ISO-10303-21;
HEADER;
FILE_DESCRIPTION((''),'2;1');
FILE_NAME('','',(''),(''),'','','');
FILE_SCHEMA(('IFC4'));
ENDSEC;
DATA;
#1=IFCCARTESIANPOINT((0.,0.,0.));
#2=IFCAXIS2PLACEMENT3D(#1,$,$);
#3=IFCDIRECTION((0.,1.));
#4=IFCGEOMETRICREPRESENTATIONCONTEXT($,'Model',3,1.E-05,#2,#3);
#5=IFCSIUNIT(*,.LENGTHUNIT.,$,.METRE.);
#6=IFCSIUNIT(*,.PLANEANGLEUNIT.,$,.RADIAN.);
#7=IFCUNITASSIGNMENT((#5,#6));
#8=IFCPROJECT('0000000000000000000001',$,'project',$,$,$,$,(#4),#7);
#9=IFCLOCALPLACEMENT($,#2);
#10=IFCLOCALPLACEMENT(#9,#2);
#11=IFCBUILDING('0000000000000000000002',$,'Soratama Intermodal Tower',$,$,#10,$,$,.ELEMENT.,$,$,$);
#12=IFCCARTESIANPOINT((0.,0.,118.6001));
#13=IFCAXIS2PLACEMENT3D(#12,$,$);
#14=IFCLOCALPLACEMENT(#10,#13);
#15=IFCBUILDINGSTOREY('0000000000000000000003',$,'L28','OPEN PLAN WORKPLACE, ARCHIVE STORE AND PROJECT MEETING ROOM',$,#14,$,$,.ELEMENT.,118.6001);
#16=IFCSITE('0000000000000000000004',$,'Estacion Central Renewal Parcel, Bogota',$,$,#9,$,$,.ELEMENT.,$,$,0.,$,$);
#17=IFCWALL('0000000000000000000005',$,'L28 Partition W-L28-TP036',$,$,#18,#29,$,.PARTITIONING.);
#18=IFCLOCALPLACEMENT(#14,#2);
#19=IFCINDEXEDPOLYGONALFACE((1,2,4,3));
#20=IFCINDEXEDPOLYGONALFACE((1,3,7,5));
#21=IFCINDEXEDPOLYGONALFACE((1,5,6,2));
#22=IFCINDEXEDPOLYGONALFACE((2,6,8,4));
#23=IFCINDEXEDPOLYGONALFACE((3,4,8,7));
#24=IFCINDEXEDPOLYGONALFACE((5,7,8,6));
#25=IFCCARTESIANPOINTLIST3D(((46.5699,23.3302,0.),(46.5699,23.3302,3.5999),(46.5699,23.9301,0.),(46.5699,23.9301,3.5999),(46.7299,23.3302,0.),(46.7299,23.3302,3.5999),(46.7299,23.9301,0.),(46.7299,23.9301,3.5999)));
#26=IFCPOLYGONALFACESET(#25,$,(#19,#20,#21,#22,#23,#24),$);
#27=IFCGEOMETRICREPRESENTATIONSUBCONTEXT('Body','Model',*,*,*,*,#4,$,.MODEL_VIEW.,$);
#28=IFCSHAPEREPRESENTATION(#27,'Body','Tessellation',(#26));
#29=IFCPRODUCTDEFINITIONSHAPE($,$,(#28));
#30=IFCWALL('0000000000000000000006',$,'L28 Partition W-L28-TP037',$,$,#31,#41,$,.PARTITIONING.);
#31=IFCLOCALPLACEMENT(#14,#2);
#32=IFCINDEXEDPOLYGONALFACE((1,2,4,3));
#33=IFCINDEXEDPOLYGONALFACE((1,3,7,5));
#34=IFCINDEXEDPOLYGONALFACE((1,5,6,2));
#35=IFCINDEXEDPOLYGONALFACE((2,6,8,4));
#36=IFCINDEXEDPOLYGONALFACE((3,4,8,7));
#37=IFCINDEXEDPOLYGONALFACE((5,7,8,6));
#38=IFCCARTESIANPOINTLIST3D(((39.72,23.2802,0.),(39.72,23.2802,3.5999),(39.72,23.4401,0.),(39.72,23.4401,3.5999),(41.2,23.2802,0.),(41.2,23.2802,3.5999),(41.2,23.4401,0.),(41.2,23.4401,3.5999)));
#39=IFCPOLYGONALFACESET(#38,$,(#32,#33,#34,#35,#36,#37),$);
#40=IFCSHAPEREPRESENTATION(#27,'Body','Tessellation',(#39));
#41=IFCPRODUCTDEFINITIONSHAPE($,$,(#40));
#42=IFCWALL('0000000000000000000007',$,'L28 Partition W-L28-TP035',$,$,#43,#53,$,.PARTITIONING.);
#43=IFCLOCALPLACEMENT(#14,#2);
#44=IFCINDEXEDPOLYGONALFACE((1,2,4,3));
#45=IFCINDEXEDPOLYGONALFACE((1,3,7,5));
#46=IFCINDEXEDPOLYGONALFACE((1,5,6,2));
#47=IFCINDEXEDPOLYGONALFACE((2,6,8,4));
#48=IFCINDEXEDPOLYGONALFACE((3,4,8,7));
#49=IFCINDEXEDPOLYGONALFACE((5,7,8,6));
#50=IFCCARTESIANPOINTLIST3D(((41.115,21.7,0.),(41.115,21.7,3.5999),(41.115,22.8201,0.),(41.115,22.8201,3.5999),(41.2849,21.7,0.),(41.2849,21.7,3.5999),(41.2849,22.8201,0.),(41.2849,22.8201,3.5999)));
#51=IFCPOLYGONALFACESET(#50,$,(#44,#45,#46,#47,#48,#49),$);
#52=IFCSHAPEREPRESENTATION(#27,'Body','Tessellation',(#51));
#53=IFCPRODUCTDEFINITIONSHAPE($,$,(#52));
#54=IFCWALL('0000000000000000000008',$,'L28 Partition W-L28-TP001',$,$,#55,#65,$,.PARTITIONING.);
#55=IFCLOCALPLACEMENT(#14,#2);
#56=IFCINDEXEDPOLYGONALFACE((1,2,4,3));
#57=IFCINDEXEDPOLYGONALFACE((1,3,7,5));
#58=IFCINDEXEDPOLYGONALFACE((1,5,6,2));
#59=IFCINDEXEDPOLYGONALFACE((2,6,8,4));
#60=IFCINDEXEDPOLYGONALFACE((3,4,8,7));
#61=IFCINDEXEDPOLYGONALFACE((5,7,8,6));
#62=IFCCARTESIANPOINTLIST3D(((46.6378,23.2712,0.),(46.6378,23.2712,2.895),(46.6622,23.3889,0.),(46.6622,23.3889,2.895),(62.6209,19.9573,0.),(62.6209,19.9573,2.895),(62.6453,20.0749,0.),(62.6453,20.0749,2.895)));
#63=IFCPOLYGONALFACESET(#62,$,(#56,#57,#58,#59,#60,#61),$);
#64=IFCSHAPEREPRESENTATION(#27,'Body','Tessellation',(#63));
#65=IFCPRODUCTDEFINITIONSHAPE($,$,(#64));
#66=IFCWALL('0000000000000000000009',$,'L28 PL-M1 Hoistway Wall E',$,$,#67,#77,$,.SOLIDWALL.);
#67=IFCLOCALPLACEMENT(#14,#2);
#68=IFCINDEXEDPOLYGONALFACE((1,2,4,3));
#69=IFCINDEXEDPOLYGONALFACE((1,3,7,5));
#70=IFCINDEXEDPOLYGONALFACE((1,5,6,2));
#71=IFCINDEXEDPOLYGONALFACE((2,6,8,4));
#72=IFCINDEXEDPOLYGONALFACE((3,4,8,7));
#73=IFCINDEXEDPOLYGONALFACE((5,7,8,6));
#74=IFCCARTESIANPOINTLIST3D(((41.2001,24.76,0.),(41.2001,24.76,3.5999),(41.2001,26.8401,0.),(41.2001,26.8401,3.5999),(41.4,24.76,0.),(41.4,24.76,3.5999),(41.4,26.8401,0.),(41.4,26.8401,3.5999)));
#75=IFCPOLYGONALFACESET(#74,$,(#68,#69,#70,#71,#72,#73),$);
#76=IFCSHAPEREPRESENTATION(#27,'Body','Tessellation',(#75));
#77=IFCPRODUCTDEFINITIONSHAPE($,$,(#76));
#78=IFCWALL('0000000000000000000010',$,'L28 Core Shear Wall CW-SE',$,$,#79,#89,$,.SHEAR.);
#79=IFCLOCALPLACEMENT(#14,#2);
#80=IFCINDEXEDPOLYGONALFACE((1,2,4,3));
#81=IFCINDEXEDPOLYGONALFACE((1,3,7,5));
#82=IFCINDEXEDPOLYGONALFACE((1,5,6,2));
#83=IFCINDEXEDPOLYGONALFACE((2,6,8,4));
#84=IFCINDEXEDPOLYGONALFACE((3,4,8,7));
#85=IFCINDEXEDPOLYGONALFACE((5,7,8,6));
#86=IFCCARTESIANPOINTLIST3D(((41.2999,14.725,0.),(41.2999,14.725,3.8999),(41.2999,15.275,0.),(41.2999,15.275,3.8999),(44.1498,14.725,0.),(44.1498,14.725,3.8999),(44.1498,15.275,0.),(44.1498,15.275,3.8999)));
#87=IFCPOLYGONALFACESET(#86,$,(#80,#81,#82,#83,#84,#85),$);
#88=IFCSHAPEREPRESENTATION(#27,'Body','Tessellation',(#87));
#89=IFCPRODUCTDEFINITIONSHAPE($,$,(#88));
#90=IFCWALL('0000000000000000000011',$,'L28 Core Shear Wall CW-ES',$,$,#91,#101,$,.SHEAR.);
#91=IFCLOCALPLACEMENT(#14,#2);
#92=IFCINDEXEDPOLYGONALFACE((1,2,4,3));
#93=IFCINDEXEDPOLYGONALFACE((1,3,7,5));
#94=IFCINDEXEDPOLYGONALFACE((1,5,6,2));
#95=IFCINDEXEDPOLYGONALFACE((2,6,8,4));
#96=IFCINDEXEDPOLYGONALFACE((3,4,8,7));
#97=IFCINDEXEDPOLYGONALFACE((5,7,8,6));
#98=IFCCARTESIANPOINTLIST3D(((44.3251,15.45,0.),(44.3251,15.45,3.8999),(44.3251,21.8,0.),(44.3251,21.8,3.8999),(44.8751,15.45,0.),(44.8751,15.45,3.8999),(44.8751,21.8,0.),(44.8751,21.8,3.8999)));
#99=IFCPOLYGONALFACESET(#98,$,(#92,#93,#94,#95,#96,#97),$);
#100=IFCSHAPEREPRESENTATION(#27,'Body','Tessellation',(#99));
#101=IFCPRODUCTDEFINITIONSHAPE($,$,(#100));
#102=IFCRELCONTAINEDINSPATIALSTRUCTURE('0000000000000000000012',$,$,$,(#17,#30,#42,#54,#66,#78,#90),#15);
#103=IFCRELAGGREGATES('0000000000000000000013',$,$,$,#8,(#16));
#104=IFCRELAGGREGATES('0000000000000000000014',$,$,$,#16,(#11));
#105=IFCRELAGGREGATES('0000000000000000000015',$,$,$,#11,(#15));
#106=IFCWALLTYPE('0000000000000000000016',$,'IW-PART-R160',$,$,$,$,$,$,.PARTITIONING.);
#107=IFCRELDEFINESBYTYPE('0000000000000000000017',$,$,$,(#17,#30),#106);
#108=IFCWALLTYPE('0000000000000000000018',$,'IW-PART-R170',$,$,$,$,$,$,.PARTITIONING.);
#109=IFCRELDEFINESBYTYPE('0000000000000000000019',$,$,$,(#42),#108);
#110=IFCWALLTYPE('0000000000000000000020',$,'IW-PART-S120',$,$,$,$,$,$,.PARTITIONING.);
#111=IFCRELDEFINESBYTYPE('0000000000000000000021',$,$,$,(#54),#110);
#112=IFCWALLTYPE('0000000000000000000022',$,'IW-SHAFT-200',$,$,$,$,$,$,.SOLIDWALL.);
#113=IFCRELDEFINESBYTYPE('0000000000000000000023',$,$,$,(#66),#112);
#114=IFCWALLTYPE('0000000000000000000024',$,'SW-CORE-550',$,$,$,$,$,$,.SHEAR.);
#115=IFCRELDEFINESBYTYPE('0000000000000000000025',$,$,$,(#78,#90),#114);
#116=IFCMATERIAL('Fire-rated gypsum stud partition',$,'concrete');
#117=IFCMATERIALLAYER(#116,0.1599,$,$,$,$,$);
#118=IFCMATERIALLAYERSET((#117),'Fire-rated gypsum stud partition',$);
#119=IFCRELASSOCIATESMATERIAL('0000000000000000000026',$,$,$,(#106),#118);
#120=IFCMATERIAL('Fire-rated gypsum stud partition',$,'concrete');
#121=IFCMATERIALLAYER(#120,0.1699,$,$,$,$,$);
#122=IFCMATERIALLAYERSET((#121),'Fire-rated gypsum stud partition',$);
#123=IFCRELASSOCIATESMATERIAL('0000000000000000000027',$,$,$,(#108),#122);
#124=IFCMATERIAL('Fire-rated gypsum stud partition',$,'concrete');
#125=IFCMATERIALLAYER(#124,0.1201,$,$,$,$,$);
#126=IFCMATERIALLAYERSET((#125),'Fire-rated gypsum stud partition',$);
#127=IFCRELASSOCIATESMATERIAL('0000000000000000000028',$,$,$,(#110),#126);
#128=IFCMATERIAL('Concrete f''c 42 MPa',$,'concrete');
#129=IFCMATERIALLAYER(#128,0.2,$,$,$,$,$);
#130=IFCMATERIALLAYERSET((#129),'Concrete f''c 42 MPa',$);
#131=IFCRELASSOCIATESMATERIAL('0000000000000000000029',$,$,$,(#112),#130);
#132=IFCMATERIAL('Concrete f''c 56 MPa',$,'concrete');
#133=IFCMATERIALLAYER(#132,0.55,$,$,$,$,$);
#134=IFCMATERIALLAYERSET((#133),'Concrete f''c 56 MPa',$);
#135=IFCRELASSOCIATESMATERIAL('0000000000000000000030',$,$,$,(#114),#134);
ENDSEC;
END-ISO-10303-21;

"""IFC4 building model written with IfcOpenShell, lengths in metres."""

from ifc_helpers import new_model, si_unit, direction, frame, frame_2d, origin, place, context, subcontext, project, spatial, rectangle, extrude, material, layer, layer_set, type_object, element, save


model = new_model("IFC4")

# Units and contexts
model_context = context("Model", 3, precision=1e-05, world=origin(), true_north=direction((0.0, 1.0)))
body_context = subcontext(model_context, "Body", "Model", "MODEL_VIEW")
ifc_project = project(units=[si_unit("LENGTHUNIT", "METRE"), si_unit("PLANEANGLEUNIT", "RADIAN")], contexts=[model_context])

# Site, building, storey
site_placement = place(None, origin())
site = spatial("IfcSite", under=ifc_project, at=site_placement, Name="Estacion Central Renewal Parcel, Bogota", CompositionType="ELEMENT", RefElevation=0.0)
building_placement = place(site_placement, origin())
building = spatial("IfcBuilding", under=site, at=building_placement, Name="Soratama Intermodal Tower", CompositionType="ELEMENT")
storey_placement = place(building_placement, frame((0.0, 0.0, 118.6001)))
storey = spatial("IfcBuildingStorey", under=building, at=storey_placement, Name="L28", Description="OPEN PLAN WORKPLACE, ARCHIVE STORE AND PROJECT MEETING ROOM", CompositionType="ELEMENT", Elevation=118.6001)

# Shared definitions
ifc_material_1 = material(Name="Fire-rated gypsum stud partition", Category="concrete")
ifc_layer_1 = layer(ifc_material_1, 0.1599)
ifc_layer_set_1 = layer_set([ifc_layer_1], Name="Fire-rated gypsum stud partition")
wall_type_1 = type_object("IfcWallType", Name="IW-PART-R160", PredefinedType="PARTITIONING", material=ifc_layer_set_1)

# Walls
wall_1_placement = place(storey_placement, frame((46.6499, 23.9299, 0.0), z_axis=(0.0, 0.0, 1.0), x_axis=(0.0, -1.0, 0.0)))
element("IfcWall", 1, at=wall_1_placement, inside=storey, type_object=wall_type_1, Name="L28 Partition W-L28-TP036", PredefinedType="PARTITIONING", context=body_context, shape_type="SweptSolid", body=[
    extrude(rectangle(XDim=0.5999, YDim=0.1599, at=frame_2d((0.2998, 0.0))), origin(), (0.0, 0.0, 1.0), 3.5999),
])
wall_2_placement = place(storey_placement, frame((41.2, 23.3601, 0.0), z_axis=(0.0, 0.0, 1.0), x_axis=(-1.0, 0.0, 0.0)))
element("IfcWall", 2, at=wall_2_placement, inside=storey, type_object=wall_type_1, Name="L28 Partition W-L28-TP037", PredefinedType="PARTITIONING", context=body_context, shape_type="SweptSolid", body=[
    extrude(rectangle(XDim=1.48, YDim=0.1599, at=frame_2d((0.74, 0.0))), origin(), (0.0, 0.0, 1.0), 3.5999),
])

# Shared definitions
ifc_material_2 = material(Name="Fire-rated gypsum stud partition", Category="concrete")
ifc_layer_2 = layer(ifc_material_2, 0.1699)
ifc_layer_set_2 = layer_set([ifc_layer_2], Name="Fire-rated gypsum stud partition")
wall_type_2 = type_object("IfcWallType", Name="IW-PART-R170", PredefinedType="PARTITIONING", material=ifc_layer_set_2)

# Walls
wall_3_placement = place(storey_placement, frame((41.2, 21.7, 0.0), z_axis=(0.0, 0.0, 1.0), x_axis=(0.0, 1.0, 0.0)))
element("IfcWall", 3, at=wall_3_placement, inside=storey, type_object=wall_type_2, Name="L28 Partition W-L28-TP035", PredefinedType="PARTITIONING", context=body_context, shape_type="SweptSolid", body=[
    extrude(rectangle(XDim=1.1201, YDim=0.1699, at=frame_2d((0.5601, 0.0))), origin(), (0.0, 0.0, 1.0), 3.5999),
])
ifc_material_3 = material(Name="Fire-rated gypsum stud partition", Category="concrete")
ifc_layer_3 = layer(ifc_material_3, 0.1201)
ifc_layer_set_3 = layer_set([ifc_layer_3], Name="Fire-rated gypsum stud partition")
wall_type_3 = type_object("IfcWallType", Name="IW-PART-S120", PredefinedType="PARTITIONING", material=ifc_layer_set_3)
wall_4_placement = place(storey_placement, frame((46.6499, 23.3301, 0.0), z_axis=(0.0, 0.0, 1.0), x_axis=(0.979174, -0.203023, 0.0)))
element("IfcWall", 4, at=wall_4_placement, inside=storey, type_object=wall_type_3, Name="L28 Partition W-L28-TP001", PredefinedType="PARTITIONING", context=body_context, shape_type="SweptSolid", body=[
    extrude(rectangle(XDim=16.323, YDim=0.1201, at=frame_2d((8.1616, 0.0))), origin(), (0.0, 0.0, 1.0), 2.895),
])
ifc_material_4 = material(Name="Concrete f'c 42 MPa", Category="concrete")
ifc_layer_4 = layer(ifc_material_4, 0.2)
ifc_layer_set_4 = layer_set([ifc_layer_4], Name="Concrete f'c 42 MPa")
wall_type_4 = type_object("IfcWallType", Name="IW-SHAFT-200", PredefinedType="SOLIDWALL", material=ifc_layer_set_4)
wall_5_placement = place(storey_placement, frame((41.3, 24.76, 0.0), z_axis=(0.0, 0.0, 1.0), x_axis=(0.0, 1.0, 0.0)))
element("IfcWall", 5, at=wall_5_placement, inside=storey, type_object=wall_type_4, Name="L28 PL-M1 Hoistway Wall E", PredefinedType="SOLIDWALL", context=body_context, shape_type="SweptSolid", body=[
    extrude(rectangle(XDim=2.0801, YDim=0.2, at=frame_2d((1.04, 0.0))), origin(), (0.0, 0.0, 1.0), 3.5999),
])
ifc_material_5 = material(Name="Concrete f'c 56 MPa", Category="concrete")
ifc_layer_5 = layer(ifc_material_5, 0.55)
ifc_layer_set_5 = layer_set([ifc_layer_5], Name="Concrete f'c 56 MPa")
wall_type_5 = type_object("IfcWallType", Name="SW-CORE-550", PredefinedType="SHEAR", material=ifc_layer_set_5)
wall_6_placement = place(storey_placement, frame((41.3, 15.0, 0.0), z_axis=(0.0, 0.0, 1.0), x_axis=(1.0, 0.0, 0.0)))
element("IfcWall", 6, at=wall_6_placement, inside=storey, type_object=wall_type_5, Name="L28 Core Shear Wall CW-SE", PredefinedType="SHEAR", context=body_context, shape_type="SweptSolid", body=[
    extrude(rectangle(XDim=2.8499, YDim=0.55, at=frame_2d((1.4248, 0.0))), origin(), (0.0, 0.0, 1.0), 3.8999),
])
wall_7_placement = place(storey_placement, frame((44.6001, 15.45, 0.0), z_axis=(0.0, 0.0, 1.0), x_axis=(0.0, 1.0, 0.0)))
element("IfcWall", 7, at=wall_7_placement, inside=storey, type_object=wall_type_5, Name="L28 Core Shear Wall CW-ES", PredefinedType="SHEAR", context=body_context, shape_type="SweptSolid", body=[
    extrude(rectangle(XDim=6.3501, YDim=0.55, at=frame_2d((3.175, 0.0))), origin(), (0.0, 0.0, 1.0), 3.8999),
])

save(model, "model.ifc")
